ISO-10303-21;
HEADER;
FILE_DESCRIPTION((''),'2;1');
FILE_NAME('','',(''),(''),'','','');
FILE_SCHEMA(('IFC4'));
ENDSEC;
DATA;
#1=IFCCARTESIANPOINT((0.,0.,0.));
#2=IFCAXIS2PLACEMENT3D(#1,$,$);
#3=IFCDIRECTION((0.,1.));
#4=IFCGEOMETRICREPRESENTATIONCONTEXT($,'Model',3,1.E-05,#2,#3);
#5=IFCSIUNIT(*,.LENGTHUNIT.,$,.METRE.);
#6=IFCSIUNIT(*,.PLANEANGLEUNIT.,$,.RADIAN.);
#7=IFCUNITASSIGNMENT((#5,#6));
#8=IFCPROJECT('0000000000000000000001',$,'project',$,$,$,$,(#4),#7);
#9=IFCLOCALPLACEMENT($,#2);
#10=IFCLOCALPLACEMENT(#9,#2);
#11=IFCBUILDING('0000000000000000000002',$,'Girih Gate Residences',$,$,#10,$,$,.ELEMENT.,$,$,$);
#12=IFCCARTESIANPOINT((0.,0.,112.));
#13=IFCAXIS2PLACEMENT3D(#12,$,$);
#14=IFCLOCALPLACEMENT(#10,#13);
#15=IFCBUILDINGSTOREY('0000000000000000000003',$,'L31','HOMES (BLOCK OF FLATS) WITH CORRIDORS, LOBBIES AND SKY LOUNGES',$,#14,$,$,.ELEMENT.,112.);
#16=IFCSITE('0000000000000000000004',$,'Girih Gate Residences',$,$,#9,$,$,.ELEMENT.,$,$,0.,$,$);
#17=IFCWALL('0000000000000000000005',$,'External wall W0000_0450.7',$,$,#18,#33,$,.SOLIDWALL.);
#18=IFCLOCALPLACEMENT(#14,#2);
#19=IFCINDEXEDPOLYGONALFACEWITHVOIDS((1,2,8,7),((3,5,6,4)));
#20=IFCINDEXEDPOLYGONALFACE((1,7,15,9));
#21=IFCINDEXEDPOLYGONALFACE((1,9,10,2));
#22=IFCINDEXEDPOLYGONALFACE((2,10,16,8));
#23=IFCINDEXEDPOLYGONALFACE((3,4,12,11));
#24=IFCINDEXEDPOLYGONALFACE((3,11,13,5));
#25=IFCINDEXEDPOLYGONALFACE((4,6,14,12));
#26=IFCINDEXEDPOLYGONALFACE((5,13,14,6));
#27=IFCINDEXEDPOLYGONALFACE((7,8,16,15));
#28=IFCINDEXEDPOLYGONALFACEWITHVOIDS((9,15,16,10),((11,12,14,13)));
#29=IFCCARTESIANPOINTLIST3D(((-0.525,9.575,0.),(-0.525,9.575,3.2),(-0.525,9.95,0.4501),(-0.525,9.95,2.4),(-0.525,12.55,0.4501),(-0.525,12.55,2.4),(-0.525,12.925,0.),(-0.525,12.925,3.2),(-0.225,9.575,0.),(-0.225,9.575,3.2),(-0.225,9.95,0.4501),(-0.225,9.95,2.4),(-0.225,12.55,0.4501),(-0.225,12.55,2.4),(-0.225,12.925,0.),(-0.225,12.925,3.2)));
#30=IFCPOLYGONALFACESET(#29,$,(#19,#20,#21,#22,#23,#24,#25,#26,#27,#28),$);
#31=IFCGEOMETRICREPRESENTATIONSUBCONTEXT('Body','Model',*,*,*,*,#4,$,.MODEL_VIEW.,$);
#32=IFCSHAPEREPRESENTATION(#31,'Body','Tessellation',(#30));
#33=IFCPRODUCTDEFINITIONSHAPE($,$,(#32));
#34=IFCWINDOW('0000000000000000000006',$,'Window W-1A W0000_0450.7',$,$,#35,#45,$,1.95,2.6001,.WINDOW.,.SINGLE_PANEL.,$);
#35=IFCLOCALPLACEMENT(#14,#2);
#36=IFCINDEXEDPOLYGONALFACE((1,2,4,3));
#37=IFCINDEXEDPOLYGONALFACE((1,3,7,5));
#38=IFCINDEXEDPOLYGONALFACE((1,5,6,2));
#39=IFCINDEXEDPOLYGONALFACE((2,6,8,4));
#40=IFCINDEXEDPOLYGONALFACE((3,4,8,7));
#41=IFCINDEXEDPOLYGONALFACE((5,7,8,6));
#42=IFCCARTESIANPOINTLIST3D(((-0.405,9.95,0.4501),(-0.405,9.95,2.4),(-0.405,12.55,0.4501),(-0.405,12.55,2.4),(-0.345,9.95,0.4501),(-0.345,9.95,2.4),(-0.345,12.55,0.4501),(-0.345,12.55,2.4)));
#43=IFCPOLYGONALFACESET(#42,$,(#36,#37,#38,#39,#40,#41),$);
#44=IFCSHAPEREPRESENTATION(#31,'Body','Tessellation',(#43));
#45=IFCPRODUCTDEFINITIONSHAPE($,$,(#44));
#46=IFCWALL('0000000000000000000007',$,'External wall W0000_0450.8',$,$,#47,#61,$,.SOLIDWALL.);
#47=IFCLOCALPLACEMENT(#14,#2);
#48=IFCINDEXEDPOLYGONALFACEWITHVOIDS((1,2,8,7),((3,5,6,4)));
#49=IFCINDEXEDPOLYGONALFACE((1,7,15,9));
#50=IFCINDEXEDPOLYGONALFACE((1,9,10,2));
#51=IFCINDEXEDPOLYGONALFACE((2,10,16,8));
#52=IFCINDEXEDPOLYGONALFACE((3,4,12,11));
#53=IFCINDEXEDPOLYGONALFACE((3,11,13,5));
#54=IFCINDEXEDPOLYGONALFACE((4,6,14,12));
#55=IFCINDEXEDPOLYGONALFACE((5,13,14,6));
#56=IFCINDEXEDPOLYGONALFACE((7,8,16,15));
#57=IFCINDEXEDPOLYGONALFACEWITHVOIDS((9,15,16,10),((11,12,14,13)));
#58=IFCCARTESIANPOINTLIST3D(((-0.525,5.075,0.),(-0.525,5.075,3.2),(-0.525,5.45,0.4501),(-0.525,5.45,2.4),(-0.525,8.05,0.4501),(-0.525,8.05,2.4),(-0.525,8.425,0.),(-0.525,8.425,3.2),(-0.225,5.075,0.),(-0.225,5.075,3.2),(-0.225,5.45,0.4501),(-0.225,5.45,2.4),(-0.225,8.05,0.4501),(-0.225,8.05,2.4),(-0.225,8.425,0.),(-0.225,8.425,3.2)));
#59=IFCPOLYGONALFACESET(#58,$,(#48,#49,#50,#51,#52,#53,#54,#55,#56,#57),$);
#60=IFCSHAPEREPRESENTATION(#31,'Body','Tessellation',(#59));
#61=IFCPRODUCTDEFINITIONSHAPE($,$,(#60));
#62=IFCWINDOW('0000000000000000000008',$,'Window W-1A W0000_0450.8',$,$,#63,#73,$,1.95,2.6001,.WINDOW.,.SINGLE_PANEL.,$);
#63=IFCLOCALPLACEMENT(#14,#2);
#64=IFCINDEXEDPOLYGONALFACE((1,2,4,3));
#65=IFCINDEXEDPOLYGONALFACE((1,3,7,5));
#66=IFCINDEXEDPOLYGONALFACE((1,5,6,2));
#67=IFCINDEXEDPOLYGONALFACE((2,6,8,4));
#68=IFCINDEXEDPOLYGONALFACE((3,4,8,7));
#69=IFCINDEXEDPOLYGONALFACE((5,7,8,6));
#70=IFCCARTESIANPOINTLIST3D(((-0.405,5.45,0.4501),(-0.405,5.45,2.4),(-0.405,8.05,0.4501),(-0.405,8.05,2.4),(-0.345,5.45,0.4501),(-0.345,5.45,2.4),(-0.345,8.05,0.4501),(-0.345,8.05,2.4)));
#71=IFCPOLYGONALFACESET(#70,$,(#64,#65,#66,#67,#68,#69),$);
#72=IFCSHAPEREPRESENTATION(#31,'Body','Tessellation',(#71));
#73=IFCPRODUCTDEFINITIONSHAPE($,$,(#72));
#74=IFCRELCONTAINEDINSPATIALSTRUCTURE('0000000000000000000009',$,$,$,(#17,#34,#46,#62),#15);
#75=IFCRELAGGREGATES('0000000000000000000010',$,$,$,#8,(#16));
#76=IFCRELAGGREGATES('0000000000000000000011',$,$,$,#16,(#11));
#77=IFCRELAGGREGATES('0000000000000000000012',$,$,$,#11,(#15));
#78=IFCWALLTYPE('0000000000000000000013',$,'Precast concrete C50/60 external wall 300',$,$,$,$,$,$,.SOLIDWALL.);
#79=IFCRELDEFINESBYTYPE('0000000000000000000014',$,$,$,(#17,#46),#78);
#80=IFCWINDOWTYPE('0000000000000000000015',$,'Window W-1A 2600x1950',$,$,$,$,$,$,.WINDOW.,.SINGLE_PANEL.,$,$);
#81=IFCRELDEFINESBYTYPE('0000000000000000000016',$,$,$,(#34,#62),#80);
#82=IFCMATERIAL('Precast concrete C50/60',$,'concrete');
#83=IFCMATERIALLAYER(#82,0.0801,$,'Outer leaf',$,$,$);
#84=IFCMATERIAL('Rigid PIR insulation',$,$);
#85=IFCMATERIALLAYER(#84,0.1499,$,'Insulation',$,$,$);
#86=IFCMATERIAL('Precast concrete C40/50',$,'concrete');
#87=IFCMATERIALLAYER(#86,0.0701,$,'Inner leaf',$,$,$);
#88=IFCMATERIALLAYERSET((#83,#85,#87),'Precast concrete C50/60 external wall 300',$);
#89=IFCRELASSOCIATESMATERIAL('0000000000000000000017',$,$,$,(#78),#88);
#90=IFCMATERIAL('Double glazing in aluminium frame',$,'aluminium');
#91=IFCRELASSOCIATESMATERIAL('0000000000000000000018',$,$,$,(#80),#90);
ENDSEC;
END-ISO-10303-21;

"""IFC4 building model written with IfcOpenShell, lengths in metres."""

from ifc_helpers import new_model, si_unit, direction, frame, frame_2d, origin, place, context, subcontext, project, spatial, rectangle, extrude, material, layer, layer_set, type_object, element, fill, save


model = new_model("IFC4")

# Units and contexts
model_context = context("Model", 3, precision=1e-05, world=origin(), true_north=direction((0.0, 1.0)))
body_context = subcontext(model_context, "Body", "Model", "MODEL_VIEW")
ifc_project = project(units=[si_unit("LENGTHUNIT", "METRE"), si_unit("PLANEANGLEUNIT", "RADIAN")], contexts=[model_context])

# Site, building, storey
site_placement = place(None, origin())
site = spatial("IfcSite", under=ifc_project, at=site_placement, Name="Girih Gate Residences", CompositionType="ELEMENT", RefElevation=0.0)
building_placement = place(site_placement, origin())
building = spatial("IfcBuilding", under=site, at=building_placement, Name="Girih Gate Residences", CompositionType="ELEMENT")
storey_placement = place(building_placement, frame((0.0, 0.0, 112.0)))
storey = spatial("IfcBuildingStorey", under=building, at=storey_placement, Name="L31", Description="HOMES (BLOCK OF FLATS) WITH CORRIDORS, LOBBIES AND SKY LOUNGES", CompositionType="ELEMENT", Elevation=112.0)

# Walls, openings, windows
ifc_material_1 = material(Name="Precast concrete C50/60", Category="concrete")
ifc_layer_1 = layer(ifc_material_1, 0.0801, Name="Outer leaf")
ifc_material_2 = material(Name="Rigid PIR insulation")
ifc_layer_2 = layer(ifc_material_2, 0.1499, Name="Insulation")
ifc_material_3 = material(Name="Precast concrete C40/50", Category="concrete")
ifc_layer_3 = layer(ifc_material_3, 0.0701, Name="Inner leaf")
ifc_layer_set_1 = layer_set([ifc_layer_1, ifc_layer_2, ifc_layer_3], Name="Precast concrete C50/60 external wall 300")
wall_type_1 = type_object("IfcWallType", Name="Precast concrete C50/60 external wall 300", PredefinedType="SOLIDWALL", material=ifc_layer_set_1)
ifc_material_4 = material(Name="Double glazing in aluminium frame", Category="aluminium")
window_type = type_object("IfcWindowType", Name="Window W-1A 2600x1950", PartitioningType="SINGLE_PANEL", PredefinedType="WINDOW", material=ifc_material_4)
wall_1_placement = place(storey_placement, frame((-0.375, 9.575, 0.0), z_axis=(0.0, 0.0, 1.0), x_axis=(0.0, 1.0, 0.0)))
wall_1 = element("IfcWall", 1, at=wall_1_placement, inside=storey, type_object=wall_type_1, Name="External wall W0000_0450.7", PredefinedType="SOLIDWALL", context=body_context, shape_type="SweptSolid", body=[
    extrude(rectangle(XDim=3.3501, YDim=0.3, at=frame_2d((1.675, 0.0))), origin(), (0.0, 0.0, 1.0), 3.2),
])
opening_1_placement = place(wall_1_placement, frame((0.375, 0.0, 0.45)))
opening_1 = element("IfcOpeningElement", 2, at=opening_1_placement, cuts=wall_1, PredefinedType="OPENING", context=body_context, shape_type="SweptSolid", body=[
    extrude(rectangle(XDim=2.6001, YDim=1.95, at=frame_2d((1.3, 0.9751))), frame((0.0, 0.1599, 0.0), z_axis=(0.0, -1.0, 0.0), x_axis=(1.0, 0.0, 0.0)), (0.0, 0.0, 1.0), 0.3201),
])
window_1_placement = place(opening_1_placement, origin())
window_1 = element("IfcWindow", 3, at=window_1_placement, inside=storey, type_object=window_type, Name="Window W-1A W0000_0450.7", OverallHeight=1.95, OverallWidth=2.6001, PartitioningType="SINGLE_PANEL", PredefinedType="WINDOW", context=body_context, shape_type="SweptSolid", body=[
    extrude(rectangle(XDim=2.6001, YDim=1.95, at=frame_2d((1.3, 0.9751))), frame((0.0, 0.03, 0.0), z_axis=(0.0, -1.0, 0.0), x_axis=(1.0, 0.0, 0.0)), (0.0, 0.0, 1.0), 0.0601),
])
fill(opening_1, window_1)
wall_2_placement = place(storey_placement, frame((-0.375, 5.075, 0.0), z_axis=(0.0, 0.0, 1.0), x_axis=(0.0, 1.0, 0.0)))
wall_2 = element("IfcWall", 4, at=wall_2_placement, inside=storey, type_object=wall_type_1, Name="External wall W0000_0450.8", PredefinedType="SOLIDWALL", context=body_context, shape_type="SweptSolid", body=[
    extrude(rectangle(XDim=3.3501, YDim=0.3, at=frame_2d((1.675, 0.0))), origin(), (0.0, 0.0, 1.0), 3.2),
])
opening_2_placement = place(wall_2_placement, frame((0.375, 0.0, 0.45)))
opening_2 = element("IfcOpeningElement", 5, at=opening_2_placement, cuts=wall_2, PredefinedType="OPENING", context=body_context, shape_type="SweptSolid", body=[
    extrude(rectangle(XDim=2.6001, YDim=1.95, at=frame_2d((1.3, 0.9751))), frame((0.0, 0.1599, 0.0), z_axis=(0.0, -1.0, 0.0), x_axis=(1.0, 0.0, 0.0)), (0.0, 0.0, 1.0), 0.3201),
])
window_2_placement = place(opening_2_placement, origin())
window_2 = element("IfcWindow", 6, at=window_2_placement, inside=storey, type_object=window_type, Name="Window W-1A W0000_0450.8", OverallHeight=1.95, OverallWidth=2.6001, PartitioningType="SINGLE_PANEL", PredefinedType="WINDOW", context=body_context, shape_type="SweptSolid", body=[
    extrude(rectangle(XDim=2.6001, YDim=1.95, at=frame_2d((1.3, 0.9751))), frame((0.0, 0.03, 0.0), z_axis=(0.0, -1.0, 0.0), x_axis=(1.0, 0.0, 0.0)), (0.0, 0.0, 1.0), 0.0601),
])
fill(opening_2, window_2)

save(model, "model.ifc")
